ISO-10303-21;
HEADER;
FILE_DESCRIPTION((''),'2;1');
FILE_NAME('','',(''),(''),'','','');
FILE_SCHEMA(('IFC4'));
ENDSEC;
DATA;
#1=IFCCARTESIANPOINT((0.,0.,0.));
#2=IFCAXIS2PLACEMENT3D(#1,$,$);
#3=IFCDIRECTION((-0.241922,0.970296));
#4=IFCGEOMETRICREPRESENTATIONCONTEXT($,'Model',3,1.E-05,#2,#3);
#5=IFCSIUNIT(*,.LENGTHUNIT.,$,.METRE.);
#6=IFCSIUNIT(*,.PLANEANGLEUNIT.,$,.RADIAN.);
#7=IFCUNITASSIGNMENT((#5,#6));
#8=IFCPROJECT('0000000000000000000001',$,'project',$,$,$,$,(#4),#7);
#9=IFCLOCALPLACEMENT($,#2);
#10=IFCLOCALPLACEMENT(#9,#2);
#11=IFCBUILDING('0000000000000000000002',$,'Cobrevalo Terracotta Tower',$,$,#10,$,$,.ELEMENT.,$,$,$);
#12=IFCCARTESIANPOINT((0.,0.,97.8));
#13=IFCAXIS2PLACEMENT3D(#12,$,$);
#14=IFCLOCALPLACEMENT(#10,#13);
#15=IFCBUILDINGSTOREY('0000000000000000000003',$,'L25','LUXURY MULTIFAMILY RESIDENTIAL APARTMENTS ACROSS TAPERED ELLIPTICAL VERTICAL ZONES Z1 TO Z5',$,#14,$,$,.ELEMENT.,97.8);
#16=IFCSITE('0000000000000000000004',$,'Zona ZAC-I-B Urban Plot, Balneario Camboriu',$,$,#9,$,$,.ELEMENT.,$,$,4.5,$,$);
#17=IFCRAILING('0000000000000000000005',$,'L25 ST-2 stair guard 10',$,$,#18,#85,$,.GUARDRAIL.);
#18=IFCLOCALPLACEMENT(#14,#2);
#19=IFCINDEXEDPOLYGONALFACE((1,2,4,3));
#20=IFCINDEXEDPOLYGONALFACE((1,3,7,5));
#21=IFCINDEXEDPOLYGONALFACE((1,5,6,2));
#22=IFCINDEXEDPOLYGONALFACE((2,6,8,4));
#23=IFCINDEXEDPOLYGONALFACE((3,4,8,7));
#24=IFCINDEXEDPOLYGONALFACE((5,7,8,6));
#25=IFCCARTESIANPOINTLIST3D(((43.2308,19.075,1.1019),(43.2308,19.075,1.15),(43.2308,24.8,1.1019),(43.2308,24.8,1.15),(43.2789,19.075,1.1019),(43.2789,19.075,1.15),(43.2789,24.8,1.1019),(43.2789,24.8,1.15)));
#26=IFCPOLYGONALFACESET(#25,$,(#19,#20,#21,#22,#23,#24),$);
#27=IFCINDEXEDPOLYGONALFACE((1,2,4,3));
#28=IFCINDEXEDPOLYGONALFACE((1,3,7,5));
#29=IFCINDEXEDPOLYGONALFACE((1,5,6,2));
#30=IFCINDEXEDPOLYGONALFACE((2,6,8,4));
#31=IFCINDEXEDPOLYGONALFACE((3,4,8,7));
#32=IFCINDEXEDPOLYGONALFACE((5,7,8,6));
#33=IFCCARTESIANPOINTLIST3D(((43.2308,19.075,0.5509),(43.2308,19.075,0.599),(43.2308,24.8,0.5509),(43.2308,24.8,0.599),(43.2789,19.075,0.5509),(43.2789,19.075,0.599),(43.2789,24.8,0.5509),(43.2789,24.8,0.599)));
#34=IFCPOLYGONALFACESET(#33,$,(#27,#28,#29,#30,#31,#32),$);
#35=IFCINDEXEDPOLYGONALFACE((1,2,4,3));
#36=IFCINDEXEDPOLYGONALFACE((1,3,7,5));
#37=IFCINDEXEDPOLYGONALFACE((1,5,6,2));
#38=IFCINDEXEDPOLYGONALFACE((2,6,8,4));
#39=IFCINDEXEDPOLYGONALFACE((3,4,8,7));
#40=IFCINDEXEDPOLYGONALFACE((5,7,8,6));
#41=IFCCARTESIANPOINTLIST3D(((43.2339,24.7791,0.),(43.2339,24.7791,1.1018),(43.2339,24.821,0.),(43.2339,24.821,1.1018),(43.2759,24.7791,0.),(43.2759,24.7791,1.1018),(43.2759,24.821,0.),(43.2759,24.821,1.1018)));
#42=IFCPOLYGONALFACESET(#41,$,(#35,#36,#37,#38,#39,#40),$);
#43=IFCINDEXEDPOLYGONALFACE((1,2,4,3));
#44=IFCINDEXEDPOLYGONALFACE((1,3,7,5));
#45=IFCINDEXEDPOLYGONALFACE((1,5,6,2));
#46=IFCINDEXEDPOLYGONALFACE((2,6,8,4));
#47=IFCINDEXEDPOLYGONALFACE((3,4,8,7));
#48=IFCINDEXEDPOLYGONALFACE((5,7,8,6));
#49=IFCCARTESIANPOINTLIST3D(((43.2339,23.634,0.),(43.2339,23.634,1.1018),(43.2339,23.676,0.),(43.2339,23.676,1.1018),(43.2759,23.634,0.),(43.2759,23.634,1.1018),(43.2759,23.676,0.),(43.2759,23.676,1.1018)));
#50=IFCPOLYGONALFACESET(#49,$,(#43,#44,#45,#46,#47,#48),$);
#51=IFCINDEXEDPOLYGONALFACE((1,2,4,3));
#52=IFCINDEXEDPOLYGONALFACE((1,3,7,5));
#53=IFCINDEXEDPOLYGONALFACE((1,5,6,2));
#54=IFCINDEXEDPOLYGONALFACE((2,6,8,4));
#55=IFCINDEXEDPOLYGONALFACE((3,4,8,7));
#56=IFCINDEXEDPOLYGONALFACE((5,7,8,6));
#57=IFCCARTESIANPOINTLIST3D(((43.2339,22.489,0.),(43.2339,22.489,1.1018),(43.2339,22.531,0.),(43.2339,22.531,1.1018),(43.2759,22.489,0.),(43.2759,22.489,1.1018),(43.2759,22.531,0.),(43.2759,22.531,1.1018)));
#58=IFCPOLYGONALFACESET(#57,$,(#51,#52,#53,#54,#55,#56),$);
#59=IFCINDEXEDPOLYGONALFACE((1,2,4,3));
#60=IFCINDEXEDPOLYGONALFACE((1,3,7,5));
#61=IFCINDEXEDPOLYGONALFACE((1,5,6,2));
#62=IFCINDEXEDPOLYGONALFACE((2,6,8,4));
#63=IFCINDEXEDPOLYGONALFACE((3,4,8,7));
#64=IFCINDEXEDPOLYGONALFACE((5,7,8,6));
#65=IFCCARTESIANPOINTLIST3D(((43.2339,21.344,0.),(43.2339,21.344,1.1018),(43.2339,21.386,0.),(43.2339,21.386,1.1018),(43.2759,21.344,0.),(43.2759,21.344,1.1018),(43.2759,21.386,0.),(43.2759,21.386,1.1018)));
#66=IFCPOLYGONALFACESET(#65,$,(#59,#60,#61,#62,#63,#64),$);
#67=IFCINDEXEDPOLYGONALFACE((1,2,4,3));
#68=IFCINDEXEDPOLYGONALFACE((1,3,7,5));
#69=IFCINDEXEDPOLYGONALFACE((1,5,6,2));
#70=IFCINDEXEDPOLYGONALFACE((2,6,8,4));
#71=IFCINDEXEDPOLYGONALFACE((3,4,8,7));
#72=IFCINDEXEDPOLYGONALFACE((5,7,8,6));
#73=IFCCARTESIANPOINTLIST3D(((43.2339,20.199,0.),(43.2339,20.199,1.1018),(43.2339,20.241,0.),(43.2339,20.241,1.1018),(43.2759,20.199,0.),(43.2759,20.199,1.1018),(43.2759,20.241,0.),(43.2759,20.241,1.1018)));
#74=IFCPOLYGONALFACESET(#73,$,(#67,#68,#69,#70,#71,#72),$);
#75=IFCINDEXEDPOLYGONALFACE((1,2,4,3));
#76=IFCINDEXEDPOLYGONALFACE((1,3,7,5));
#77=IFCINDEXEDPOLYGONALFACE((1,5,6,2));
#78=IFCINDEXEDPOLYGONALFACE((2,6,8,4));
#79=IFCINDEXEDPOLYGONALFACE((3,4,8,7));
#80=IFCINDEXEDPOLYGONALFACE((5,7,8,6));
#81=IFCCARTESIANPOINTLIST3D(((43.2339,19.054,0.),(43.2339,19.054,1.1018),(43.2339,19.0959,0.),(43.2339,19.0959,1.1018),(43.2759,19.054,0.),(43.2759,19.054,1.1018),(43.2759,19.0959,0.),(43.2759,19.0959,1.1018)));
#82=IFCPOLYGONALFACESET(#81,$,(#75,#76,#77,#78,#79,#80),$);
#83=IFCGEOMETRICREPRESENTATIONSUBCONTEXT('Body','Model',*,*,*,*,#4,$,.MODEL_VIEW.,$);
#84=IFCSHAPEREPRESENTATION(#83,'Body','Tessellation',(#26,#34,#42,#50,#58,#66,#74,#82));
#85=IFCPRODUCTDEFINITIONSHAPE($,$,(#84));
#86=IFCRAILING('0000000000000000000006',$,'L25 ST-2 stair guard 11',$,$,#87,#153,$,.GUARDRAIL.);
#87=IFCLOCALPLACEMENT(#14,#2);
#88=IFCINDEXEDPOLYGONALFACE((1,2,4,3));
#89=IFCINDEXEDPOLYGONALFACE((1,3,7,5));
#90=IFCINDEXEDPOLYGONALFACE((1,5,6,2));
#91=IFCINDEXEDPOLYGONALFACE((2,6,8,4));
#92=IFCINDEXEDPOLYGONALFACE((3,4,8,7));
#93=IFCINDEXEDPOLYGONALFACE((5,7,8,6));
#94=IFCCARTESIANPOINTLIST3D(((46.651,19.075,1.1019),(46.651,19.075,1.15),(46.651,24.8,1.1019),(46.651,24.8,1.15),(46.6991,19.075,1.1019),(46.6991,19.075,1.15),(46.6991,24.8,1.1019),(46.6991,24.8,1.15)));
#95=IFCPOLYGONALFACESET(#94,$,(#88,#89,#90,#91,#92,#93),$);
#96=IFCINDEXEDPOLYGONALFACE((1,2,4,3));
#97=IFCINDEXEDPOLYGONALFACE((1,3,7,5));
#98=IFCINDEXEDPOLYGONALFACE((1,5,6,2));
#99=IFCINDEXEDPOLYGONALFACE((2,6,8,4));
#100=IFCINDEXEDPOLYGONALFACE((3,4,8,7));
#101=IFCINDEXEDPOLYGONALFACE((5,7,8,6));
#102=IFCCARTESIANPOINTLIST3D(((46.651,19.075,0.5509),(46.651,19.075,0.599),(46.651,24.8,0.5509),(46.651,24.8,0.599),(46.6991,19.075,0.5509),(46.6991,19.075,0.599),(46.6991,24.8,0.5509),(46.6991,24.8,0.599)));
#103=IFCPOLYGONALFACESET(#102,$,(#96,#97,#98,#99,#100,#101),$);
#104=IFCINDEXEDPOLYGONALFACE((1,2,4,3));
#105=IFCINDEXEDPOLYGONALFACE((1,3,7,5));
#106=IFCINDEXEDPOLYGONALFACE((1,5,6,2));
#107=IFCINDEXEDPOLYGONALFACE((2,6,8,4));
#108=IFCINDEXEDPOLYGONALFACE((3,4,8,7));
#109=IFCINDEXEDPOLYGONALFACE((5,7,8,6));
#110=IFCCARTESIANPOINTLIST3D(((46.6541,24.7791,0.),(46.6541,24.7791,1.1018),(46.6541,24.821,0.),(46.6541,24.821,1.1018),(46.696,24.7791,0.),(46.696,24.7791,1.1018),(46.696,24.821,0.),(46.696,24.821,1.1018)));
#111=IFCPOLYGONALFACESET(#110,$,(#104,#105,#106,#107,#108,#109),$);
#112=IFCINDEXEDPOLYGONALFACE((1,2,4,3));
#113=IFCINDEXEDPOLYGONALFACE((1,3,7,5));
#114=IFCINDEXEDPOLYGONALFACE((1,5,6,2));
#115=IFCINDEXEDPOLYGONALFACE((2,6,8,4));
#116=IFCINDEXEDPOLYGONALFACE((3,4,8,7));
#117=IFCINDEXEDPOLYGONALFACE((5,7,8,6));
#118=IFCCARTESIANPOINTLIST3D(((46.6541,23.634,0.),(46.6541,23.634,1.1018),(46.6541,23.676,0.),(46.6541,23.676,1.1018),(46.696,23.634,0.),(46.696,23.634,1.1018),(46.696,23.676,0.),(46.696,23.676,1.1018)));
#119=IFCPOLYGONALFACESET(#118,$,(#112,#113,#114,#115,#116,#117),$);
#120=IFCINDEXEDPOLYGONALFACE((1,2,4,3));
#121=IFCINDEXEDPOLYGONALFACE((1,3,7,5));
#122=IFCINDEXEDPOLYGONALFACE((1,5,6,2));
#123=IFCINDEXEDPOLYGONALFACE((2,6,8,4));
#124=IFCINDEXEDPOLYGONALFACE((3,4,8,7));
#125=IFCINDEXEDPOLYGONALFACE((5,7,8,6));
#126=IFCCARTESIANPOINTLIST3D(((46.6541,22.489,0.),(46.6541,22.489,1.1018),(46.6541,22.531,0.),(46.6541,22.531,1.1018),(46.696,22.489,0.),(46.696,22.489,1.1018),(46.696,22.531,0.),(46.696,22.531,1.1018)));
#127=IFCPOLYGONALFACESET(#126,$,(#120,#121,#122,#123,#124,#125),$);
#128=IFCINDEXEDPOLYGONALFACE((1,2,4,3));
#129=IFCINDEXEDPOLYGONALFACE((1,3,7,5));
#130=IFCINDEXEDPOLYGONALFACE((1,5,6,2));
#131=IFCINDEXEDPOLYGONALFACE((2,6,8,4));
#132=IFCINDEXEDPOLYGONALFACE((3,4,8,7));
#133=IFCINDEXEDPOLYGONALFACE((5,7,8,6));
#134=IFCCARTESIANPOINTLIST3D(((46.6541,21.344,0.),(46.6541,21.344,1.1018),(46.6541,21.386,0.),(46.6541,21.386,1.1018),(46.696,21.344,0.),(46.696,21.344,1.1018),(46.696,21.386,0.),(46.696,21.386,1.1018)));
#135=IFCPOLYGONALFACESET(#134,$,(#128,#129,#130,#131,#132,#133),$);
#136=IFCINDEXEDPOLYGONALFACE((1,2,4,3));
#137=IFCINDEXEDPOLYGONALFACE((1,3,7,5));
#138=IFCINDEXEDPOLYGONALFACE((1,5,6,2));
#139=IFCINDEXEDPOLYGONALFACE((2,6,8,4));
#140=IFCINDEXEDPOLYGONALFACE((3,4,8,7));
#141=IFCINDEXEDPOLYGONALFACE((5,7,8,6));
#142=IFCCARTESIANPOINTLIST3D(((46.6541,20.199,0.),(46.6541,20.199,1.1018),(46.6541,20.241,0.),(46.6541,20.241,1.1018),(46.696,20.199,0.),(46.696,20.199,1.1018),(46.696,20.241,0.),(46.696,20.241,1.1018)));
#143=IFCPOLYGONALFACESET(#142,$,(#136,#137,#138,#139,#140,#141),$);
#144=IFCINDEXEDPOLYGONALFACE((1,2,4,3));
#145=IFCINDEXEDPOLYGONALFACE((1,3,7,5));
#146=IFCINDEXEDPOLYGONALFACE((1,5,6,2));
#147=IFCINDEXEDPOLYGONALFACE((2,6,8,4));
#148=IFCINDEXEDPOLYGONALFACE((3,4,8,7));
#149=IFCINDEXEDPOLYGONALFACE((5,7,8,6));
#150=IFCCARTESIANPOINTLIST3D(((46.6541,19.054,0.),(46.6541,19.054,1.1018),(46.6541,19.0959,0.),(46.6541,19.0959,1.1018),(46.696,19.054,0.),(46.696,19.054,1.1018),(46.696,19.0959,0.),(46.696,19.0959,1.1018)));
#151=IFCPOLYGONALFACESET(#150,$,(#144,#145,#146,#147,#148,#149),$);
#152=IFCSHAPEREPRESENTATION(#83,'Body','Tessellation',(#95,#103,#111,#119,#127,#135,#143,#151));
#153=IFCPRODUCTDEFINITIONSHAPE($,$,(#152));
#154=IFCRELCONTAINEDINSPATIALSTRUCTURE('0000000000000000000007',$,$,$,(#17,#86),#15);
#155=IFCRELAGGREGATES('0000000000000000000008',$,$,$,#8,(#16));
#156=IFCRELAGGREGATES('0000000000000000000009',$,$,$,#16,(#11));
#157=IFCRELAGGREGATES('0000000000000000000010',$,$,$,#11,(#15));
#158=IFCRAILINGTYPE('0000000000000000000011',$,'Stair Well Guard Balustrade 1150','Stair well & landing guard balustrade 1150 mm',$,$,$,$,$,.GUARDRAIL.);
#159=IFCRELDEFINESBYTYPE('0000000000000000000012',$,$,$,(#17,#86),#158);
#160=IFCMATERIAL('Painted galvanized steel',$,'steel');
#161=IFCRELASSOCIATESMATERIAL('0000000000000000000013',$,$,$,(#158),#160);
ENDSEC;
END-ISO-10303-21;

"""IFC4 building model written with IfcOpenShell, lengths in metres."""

from ifc_helpers import new_model, si_unit, direction, frame, origin, origin_2d, place, context, subcontext, project, spatial, rectangle, extrude, material, type_object, element, save


model = new_model("IFC4")

# Units and contexts
model_context = context("Model", 3, precision=1e-05, world=origin(), true_north=direction((-0.241922, 0.970296)))
body_context = subcontext(model_context, "Body", "Model", "MODEL_VIEW")
ifc_project = project(units=[si_unit("LENGTHUNIT", "METRE"), si_unit("PLANEANGLEUNIT", "RADIAN")], contexts=[model_context])

# Site, building, storey
site_placement = place(None, origin())
site = spatial("IfcSite", under=ifc_project, at=site_placement, Name="Zona ZAC-I-B Urban Plot, Balneario Camboriu", CompositionType="ELEMENT", RefElevation=4.5)
building_placement = place(site_placement, origin())
building = spatial("IfcBuilding", under=site, at=building_placement, Name="Cobrevalo Terracotta Tower", CompositionType="ELEMENT")
storey_placement = place(building_placement, frame((0.0, 0.0, 97.8)))
storey = spatial("IfcBuildingStorey", under=building, at=storey_placement, Name="L25", Description="LUXURY MULTIFAMILY RESIDENTIAL APARTMENTS ACROSS TAPERED ELLIPTICAL VERTICAL ZONES Z1 TO Z5", CompositionType="ELEMENT", Elevation=97.8)

# Railings
ifc_material_1 = material(Name="Painted galvanized steel", Category="steel")
railing_type_1 = type_object("IfcRailingType", Name="Stair Well Guard Balustrade 1150", Description="Stair well & landing guard balustrade 1150 mm", PredefinedType="GUARDRAIL", material=ifc_material_1)
for number, where, name in (
    (1, (43.2549, 24.8, 0.0), "L25 ST-2 stair guard 10"),
    (2, (46.675, 24.8, 0.0), "L25 ST-2 stair guard 11"),
):
    element("IfcRailing", number, at=place(storey_placement, frame(where)), inside=storey, type_object=railing_type_1, Name=name, PredefinedType="GUARDRAIL", context=body_context, shape_type="SweptSolid", body=[
        extrude(rectangle(XDim=0.0481, YDim=0.0481, at=origin_2d()), frame((0.0, 0.0, 1.126), z_axis=(0.0, -1.0, 0.0), x_axis=(1.0, 0.0, 0.0)), (0.0, 0.0, 1.0), 5.7251),
        extrude(rectangle(XDim=0.0481, YDim=0.0481, at=origin_2d()), frame((0.0, 0.0, 0.575), z_axis=(0.0, -1.0, 0.0), x_axis=(1.0, 0.0, 0.0)), (0.0, 0.0, 1.0), 5.7251),
        extrude(rectangle(XDim=0.042, YDim=0.042, at=origin_2d()), origin(), (0.0, 0.0, 1.0), 1.1018),
        extrude(rectangle(XDim=0.042, YDim=0.042, at=origin_2d()), frame((0.0, -1.145, 0.0)), (0.0, 0.0, 1.0), 1.1018),
        extrude(rectangle(XDim=0.042, YDim=0.042, at=origin_2d()), frame((0.0, -2.29, 0.0)), (0.0, 0.0, 1.0), 1.1018),
        extrude(rectangle(XDim=0.042, YDim=0.042, at=origin_2d()), frame((0.0, -3.4351, 0.0)), (0.0, 0.0, 1.0), 1.1018),
        extrude(rectangle(XDim=0.042, YDim=0.042, at=origin_2d()), frame((0.0, -4.5801, 0.0)), (0.0, 0.0, 1.0), 1.1018),
        extrude(rectangle(XDim=0.042, YDim=0.042, at=origin_2d()), frame((0.0, -5.7251, 0.0)), (0.0, 0.0, 1.0), 1.1018),
    ])

save(model, "model.ifc")
